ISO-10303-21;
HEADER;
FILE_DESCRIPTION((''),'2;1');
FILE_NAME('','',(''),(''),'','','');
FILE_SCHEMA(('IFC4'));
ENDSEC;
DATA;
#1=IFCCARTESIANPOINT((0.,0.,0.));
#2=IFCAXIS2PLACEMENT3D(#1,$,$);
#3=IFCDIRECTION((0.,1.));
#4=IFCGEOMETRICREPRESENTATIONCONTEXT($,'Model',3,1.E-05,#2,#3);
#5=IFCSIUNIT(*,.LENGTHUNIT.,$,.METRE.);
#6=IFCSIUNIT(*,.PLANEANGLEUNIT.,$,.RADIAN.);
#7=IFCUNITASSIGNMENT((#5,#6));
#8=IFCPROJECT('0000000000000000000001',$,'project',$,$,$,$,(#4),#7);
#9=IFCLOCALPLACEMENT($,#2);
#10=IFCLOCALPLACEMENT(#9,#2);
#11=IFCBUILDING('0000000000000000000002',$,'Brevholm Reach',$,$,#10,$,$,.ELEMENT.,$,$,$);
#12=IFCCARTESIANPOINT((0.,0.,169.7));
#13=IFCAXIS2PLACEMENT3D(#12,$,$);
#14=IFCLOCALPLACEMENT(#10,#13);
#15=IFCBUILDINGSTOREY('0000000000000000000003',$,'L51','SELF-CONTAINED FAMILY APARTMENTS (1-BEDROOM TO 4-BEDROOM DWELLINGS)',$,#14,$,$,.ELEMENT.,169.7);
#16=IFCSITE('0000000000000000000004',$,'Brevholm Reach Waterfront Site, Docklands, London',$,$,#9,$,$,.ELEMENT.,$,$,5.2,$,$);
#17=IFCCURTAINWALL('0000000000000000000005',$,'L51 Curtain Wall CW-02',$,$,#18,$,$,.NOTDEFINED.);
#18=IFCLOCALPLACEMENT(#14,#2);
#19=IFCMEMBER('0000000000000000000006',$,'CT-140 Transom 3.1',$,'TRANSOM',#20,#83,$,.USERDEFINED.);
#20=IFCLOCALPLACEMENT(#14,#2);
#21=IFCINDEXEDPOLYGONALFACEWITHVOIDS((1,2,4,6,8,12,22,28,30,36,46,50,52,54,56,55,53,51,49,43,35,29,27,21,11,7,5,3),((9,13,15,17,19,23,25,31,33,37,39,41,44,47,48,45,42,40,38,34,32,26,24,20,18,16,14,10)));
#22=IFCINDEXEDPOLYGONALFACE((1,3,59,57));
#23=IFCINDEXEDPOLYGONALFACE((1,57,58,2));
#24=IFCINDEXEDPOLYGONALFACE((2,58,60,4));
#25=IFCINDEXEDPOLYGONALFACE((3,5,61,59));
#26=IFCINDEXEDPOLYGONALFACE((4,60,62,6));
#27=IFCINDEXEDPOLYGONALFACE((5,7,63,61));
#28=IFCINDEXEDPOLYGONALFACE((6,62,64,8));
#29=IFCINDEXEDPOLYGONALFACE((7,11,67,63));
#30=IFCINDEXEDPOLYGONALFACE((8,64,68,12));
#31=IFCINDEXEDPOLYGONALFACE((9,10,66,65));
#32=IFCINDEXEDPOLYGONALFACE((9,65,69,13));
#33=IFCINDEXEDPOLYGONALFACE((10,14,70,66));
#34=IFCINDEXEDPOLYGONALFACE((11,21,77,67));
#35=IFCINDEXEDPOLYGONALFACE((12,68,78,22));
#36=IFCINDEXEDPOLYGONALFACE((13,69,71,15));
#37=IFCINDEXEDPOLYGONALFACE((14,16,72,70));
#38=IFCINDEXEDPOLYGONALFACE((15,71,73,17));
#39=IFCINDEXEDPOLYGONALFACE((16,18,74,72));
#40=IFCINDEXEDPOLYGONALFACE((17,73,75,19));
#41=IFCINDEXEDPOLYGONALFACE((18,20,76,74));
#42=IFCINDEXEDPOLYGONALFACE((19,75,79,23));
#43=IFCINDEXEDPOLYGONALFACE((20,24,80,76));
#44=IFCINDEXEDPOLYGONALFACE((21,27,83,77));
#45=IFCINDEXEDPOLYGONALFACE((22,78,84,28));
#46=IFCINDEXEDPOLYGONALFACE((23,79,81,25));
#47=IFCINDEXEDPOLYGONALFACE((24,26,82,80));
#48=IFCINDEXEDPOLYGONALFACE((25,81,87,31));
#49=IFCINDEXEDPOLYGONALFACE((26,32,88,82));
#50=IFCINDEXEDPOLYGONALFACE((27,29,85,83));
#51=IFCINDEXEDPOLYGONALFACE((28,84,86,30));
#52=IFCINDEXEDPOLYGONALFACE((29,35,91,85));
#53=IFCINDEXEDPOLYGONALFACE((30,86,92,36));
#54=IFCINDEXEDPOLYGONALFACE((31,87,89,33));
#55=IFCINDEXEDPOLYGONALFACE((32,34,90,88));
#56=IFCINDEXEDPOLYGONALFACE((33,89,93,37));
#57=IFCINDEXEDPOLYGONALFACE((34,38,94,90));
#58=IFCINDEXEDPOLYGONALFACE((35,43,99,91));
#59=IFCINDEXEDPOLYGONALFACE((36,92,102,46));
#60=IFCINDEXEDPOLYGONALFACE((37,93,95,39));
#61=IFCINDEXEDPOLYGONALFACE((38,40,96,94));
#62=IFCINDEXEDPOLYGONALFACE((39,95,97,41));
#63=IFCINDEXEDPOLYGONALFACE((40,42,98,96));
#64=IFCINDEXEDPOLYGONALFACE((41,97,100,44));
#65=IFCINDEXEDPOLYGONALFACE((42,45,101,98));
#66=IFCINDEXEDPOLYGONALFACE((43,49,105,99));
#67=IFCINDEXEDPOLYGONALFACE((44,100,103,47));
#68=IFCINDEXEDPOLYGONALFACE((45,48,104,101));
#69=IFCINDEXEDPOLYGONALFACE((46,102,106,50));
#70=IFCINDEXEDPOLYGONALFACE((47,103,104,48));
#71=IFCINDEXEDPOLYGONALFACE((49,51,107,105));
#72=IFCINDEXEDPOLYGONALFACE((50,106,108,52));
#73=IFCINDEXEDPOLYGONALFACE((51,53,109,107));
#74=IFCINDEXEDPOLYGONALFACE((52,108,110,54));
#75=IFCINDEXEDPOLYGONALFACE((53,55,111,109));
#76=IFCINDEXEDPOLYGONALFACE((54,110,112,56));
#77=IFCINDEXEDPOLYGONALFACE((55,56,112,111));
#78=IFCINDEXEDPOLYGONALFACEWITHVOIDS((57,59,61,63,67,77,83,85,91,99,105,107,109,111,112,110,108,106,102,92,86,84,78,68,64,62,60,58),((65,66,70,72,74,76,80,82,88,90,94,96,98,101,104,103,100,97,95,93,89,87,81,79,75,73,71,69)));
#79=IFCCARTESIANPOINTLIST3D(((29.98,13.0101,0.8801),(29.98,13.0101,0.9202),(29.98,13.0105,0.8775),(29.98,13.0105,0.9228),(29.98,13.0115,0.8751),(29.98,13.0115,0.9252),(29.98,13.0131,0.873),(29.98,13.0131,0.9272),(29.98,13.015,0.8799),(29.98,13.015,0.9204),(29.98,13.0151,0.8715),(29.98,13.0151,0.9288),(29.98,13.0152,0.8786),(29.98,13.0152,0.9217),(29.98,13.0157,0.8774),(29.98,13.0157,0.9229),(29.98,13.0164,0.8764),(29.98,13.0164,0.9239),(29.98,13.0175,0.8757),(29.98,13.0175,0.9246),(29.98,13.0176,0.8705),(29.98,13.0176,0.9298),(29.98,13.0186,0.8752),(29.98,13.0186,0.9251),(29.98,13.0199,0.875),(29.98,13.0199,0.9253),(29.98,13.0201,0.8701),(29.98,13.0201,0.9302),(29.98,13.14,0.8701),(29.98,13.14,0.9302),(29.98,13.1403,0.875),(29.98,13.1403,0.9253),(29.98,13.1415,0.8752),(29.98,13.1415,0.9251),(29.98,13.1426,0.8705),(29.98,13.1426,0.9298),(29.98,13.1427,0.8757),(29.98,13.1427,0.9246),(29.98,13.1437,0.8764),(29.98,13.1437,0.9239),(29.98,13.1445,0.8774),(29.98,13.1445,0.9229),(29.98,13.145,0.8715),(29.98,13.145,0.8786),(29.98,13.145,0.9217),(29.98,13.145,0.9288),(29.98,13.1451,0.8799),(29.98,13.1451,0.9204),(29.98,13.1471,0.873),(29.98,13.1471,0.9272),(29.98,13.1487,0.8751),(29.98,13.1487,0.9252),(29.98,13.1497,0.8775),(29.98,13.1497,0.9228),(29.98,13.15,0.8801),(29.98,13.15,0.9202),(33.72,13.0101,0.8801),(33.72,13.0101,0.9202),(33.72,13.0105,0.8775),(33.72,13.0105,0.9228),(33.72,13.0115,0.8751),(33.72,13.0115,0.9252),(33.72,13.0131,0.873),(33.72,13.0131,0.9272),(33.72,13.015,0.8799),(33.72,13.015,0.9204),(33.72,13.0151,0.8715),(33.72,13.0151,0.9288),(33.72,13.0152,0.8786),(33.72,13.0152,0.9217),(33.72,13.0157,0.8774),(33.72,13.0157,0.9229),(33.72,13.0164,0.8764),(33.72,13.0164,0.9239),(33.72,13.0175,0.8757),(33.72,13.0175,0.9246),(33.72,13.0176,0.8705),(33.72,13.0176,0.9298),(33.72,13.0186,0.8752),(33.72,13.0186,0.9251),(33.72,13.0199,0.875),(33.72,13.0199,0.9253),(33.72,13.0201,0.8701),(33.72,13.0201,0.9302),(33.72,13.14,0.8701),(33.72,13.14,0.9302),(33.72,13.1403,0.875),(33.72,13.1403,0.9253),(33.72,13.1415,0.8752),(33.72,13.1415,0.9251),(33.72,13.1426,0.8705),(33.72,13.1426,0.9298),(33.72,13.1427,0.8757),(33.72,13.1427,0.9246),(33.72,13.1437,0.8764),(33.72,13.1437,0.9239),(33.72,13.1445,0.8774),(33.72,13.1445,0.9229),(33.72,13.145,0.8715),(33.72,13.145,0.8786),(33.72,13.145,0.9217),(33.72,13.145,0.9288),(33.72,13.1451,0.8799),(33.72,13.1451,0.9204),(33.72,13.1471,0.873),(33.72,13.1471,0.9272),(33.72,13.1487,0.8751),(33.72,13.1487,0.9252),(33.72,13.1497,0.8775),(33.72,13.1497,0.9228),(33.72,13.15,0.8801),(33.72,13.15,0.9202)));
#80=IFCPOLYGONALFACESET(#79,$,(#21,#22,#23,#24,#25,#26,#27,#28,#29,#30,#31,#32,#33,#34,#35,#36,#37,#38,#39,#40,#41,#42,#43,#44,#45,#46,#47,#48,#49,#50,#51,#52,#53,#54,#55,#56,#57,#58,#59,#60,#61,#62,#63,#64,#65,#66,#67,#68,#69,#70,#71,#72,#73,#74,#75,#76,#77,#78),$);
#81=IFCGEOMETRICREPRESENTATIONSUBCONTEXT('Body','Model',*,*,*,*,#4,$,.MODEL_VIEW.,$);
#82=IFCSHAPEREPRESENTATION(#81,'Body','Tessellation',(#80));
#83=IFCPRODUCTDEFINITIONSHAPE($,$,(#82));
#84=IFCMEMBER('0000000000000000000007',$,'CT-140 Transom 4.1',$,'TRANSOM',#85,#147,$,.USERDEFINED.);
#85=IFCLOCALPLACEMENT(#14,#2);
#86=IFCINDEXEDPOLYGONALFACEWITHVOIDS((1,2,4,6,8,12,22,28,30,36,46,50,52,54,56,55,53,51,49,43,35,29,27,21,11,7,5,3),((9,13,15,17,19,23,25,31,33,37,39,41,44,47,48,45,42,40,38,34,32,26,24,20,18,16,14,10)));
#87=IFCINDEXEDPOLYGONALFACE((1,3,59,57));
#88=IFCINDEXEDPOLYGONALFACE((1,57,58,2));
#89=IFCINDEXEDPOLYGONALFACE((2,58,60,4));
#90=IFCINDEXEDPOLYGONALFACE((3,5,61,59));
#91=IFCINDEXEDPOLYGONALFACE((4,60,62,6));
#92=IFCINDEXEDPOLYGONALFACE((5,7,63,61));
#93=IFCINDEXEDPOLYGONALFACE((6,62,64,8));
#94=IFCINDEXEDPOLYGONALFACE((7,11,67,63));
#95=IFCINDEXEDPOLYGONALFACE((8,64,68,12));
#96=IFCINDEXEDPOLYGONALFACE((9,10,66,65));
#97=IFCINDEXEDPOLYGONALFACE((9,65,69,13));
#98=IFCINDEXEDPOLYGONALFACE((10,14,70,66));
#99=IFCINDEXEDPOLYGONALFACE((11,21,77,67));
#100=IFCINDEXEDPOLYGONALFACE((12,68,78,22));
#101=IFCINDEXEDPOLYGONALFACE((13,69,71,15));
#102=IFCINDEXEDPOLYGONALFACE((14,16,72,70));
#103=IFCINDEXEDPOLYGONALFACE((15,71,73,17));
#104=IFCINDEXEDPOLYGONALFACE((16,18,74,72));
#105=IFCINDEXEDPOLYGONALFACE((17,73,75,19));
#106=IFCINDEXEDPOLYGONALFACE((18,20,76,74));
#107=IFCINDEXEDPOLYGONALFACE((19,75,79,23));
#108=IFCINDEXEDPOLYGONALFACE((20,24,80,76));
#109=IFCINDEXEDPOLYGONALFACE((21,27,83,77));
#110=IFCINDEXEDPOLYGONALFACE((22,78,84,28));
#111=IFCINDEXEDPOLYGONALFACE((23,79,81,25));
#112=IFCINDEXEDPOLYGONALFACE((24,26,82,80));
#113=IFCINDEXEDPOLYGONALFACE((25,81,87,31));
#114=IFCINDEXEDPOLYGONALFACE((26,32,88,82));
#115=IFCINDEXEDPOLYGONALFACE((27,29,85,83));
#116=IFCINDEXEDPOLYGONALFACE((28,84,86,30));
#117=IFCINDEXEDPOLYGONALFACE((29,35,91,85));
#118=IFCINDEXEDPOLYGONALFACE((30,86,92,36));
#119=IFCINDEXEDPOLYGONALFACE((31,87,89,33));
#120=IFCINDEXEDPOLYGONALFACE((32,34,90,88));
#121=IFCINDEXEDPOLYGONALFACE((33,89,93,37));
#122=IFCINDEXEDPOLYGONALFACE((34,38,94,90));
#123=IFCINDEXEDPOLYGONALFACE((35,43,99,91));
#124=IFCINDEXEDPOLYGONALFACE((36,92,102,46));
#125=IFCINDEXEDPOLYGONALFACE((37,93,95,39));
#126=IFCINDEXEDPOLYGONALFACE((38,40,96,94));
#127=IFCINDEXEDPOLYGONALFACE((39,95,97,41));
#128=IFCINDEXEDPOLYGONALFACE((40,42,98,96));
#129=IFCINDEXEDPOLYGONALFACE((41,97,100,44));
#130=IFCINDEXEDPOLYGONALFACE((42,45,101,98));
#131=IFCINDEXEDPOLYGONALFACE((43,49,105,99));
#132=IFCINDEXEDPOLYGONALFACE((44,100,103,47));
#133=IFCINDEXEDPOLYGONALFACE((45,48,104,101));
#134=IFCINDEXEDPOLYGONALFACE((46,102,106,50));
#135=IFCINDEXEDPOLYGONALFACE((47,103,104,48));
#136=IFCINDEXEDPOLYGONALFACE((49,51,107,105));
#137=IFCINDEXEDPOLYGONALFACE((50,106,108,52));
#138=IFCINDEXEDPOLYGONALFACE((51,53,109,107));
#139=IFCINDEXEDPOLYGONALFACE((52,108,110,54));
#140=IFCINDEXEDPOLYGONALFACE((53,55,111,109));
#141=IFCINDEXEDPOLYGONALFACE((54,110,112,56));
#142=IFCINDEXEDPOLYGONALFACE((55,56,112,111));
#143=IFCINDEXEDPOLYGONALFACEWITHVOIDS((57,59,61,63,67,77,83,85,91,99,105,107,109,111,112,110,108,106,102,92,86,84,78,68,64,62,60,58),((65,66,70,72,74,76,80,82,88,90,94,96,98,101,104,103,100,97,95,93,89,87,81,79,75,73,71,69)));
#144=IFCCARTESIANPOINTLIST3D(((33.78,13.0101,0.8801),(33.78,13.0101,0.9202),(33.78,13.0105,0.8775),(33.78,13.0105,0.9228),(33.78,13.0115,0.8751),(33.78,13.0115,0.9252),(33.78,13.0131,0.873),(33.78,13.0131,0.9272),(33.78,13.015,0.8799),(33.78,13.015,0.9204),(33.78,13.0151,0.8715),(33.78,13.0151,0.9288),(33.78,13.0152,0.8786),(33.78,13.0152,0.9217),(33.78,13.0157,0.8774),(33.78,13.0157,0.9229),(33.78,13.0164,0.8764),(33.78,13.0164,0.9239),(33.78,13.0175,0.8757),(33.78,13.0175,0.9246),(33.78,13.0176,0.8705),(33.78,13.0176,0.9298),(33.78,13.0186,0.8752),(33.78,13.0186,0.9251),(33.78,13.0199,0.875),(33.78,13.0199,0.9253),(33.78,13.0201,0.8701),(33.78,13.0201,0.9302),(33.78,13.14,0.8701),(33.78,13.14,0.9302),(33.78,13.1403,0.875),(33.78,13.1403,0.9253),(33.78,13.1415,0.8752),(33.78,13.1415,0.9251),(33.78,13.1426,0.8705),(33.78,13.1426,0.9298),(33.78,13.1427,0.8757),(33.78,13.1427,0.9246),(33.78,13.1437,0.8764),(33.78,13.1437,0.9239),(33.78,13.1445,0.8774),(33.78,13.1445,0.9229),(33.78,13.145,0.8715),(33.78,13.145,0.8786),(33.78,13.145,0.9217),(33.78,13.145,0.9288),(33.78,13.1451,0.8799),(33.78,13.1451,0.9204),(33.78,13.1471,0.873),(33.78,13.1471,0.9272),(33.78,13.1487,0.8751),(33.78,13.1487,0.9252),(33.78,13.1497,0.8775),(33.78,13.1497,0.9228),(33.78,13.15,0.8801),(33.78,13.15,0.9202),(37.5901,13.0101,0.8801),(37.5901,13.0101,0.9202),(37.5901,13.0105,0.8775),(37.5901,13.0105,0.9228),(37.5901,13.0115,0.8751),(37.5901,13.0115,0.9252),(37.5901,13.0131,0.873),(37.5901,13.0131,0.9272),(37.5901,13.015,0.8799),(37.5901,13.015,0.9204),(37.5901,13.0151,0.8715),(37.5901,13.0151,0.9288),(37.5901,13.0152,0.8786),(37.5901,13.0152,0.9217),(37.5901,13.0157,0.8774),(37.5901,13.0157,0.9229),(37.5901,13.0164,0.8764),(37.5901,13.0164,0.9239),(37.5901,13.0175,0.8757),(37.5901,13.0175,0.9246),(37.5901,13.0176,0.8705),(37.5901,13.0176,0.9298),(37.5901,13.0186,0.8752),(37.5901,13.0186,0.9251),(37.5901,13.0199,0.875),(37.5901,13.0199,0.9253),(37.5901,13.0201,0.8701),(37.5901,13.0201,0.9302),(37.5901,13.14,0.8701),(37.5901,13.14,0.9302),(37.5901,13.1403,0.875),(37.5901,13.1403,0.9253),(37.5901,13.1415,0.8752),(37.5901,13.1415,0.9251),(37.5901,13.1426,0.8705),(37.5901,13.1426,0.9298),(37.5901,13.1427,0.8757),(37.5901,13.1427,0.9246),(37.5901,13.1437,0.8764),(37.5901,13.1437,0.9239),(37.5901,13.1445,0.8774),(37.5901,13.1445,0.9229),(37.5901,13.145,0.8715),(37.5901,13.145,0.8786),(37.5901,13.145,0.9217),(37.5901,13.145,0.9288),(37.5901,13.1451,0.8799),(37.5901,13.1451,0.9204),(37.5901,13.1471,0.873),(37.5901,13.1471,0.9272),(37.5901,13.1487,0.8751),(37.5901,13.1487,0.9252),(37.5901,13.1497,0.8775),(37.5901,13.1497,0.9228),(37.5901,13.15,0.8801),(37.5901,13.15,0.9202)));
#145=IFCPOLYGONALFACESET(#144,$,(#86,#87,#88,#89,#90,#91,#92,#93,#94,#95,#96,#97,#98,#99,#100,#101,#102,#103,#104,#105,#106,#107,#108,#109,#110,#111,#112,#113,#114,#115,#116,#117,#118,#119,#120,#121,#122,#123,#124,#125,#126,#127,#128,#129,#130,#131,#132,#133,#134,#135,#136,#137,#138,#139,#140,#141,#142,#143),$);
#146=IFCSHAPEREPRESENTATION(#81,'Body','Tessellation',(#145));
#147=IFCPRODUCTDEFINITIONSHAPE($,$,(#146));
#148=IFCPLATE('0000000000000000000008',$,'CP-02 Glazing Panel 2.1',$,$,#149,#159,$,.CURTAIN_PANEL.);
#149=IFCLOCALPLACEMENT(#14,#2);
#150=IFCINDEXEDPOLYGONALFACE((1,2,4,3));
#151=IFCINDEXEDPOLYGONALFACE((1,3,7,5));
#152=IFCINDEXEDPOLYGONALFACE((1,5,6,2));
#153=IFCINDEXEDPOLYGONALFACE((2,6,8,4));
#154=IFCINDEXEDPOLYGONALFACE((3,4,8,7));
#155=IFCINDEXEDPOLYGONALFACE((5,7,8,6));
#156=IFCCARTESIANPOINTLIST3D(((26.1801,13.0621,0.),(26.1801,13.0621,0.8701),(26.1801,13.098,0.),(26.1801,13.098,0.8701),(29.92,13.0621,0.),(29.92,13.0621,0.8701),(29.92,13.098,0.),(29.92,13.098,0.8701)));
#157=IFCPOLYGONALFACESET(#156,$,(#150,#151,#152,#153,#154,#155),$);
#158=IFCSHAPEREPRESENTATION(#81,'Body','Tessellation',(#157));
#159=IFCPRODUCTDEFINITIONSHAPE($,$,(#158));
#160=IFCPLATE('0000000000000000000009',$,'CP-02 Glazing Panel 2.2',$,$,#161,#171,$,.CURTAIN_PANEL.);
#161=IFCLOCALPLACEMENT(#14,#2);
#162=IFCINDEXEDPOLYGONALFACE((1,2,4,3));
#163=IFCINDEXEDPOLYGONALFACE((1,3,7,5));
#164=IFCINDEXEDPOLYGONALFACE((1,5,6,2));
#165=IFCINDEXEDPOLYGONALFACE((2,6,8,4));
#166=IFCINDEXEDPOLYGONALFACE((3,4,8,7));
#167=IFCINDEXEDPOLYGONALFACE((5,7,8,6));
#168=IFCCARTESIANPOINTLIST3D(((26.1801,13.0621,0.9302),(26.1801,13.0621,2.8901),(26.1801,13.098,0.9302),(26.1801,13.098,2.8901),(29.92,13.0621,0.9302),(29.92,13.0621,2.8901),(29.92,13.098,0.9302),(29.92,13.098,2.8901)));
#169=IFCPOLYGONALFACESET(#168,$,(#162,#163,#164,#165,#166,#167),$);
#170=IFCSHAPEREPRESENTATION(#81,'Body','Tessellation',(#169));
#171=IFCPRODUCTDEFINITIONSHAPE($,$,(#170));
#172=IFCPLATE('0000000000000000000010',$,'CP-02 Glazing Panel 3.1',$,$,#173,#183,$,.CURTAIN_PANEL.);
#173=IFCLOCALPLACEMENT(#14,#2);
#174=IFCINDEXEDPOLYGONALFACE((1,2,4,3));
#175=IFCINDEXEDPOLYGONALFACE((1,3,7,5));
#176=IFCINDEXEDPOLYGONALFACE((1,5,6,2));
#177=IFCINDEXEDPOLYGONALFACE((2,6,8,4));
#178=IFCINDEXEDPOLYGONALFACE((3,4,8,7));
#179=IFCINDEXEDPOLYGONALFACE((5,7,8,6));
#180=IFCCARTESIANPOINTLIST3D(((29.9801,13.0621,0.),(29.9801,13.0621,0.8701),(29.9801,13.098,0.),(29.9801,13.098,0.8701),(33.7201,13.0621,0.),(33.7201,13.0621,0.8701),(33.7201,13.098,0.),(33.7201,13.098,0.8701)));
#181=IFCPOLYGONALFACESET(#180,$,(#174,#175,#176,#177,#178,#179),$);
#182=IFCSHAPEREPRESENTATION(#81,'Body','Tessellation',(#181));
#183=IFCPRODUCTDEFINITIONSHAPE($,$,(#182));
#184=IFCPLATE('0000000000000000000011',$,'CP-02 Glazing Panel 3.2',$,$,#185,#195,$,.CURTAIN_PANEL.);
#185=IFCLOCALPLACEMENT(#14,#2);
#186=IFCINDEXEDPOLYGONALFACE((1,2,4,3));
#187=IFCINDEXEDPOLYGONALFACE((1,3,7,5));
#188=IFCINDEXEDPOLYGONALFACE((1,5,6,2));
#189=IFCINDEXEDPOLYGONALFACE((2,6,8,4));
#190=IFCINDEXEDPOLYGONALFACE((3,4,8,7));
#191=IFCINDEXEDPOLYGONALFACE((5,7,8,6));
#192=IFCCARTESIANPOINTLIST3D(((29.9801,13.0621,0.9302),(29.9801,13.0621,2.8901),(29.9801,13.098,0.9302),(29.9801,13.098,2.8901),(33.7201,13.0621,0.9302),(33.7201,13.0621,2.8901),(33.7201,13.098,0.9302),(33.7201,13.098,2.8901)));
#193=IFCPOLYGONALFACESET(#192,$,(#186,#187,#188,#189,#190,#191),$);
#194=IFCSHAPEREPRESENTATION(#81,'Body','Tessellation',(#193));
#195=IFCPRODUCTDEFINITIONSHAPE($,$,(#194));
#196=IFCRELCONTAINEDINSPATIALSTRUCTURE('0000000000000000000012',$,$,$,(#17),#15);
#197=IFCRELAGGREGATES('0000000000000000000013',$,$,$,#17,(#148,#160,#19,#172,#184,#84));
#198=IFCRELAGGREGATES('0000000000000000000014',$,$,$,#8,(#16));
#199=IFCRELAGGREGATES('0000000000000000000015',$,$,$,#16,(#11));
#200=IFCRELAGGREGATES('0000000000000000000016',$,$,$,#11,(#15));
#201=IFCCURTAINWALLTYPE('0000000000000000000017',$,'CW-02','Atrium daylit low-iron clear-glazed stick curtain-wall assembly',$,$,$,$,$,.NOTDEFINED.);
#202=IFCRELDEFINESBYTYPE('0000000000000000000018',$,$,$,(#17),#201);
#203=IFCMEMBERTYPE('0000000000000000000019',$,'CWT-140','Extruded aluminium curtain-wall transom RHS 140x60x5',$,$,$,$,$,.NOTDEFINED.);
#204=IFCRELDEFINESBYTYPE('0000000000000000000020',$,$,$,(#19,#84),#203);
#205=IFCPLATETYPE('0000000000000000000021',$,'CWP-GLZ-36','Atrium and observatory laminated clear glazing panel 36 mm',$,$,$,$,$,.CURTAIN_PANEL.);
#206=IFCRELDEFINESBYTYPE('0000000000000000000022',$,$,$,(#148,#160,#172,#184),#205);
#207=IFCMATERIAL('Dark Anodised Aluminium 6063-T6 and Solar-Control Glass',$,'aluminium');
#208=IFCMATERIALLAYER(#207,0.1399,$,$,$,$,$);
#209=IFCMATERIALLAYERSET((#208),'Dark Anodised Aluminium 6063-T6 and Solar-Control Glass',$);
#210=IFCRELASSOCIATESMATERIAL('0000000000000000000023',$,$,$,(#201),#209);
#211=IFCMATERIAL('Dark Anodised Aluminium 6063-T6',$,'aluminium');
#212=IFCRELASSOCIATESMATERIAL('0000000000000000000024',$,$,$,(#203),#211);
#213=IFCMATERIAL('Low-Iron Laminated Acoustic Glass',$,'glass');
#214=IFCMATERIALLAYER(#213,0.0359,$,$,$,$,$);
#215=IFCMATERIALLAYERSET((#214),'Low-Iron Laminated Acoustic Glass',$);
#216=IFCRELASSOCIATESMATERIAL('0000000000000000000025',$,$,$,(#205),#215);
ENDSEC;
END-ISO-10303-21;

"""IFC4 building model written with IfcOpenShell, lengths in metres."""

from ifc_helpers import new_model, si_unit, direction, frame, origin, origin_2d, place, context, subcontext, project, spatial, rectangle, hollow_rectangle, extrude, material, layer, layer_set, material_profile, profile_set, type_object, element, aggregate, save


model = new_model("IFC4")

# Units and contexts
model_context = context("Model", 3, precision=1e-05, world=origin(), true_north=direction((0.0, 1.0)))
body_context = subcontext(model_context, "Body", "Model", "MODEL_VIEW")
ifc_project = project(units=[si_unit("LENGTHUNIT", "METRE"), si_unit("PLANEANGLEUNIT", "RADIAN")], contexts=[model_context])

# Site, building, storey
site_placement = place(None, origin())
site = spatial("IfcSite", under=ifc_project, at=site_placement, Name="Brevholm Reach Waterfront Site, Docklands, London", CompositionType="ELEMENT", RefElevation=5.2)
building_placement = place(site_placement, origin())
building = spatial("IfcBuilding", under=site, at=building_placement, Name="Brevholm Reach", CompositionType="ELEMENT")
storey_placement = place(building_placement, frame((0.0, 0.0, 169.7)))
storey = spatial("IfcBuildingStorey", under=building, at=storey_placement, Name="L51", Description="SELF-CONTAINED FAMILY APARTMENTS (1-BEDROOM TO 4-BEDROOM DWELLINGS)", CompositionType="ELEMENT", Elevation=169.7)

# Curtain wall, members, plates
ifc_material_1 = material(Name="Dark Anodised Aluminium 6063-T6 and Solar-Control Glass", Category="aluminium")
ifc_layer_1 = layer(ifc_material_1, 0.1399)
ifc_layer_set_1 = layer_set([ifc_layer_1], Name="Dark Anodised Aluminium 6063-T6 and Solar-Control Glass")
curtain_wall_type = type_object("IfcCurtainWallType", Name="CW-02", Description="Atrium daylit low-iron clear-glazed stick curtain-wall assembly", PredefinedType="NOTDEFINED", material=ifc_layer_set_1)
curtain_wall_placement = place(storey_placement, origin())
curtain_wall = element("IfcCurtainWall", 1, at=curtain_wall_placement, inside=storey, type_object=curtain_wall_type, Name="L51 Curtain Wall CW-02", PredefinedType="NOTDEFINED")
ifc_material_2 = material(Name="Dark Anodised Aluminium 6063-T6", Category="aluminium")
ifc_material_profile_1 = material_profile(ifc_material_2, hollow_rectangle(XDim=0.0601, YDim=0.1399, WallThickness=0.0049, InnerFilletRadius=0.0049, OuterFilletRadius=0.01, at=origin_2d()), Name="RHS 140x60x5")
ifc_profile_set_1 = profile_set([ifc_material_profile_1], Name="Dark Anodised Aluminium 6063-T6")
member_type_1 = type_object("IfcMemberType", Name="CWT-140", Description="Extruded aluminium curtain-wall transom RHS 140x60x5", PredefinedType="NOTDEFINED", material=ifc_profile_set_1)
member_1_placement = place(storey_placement, frame((29.98, 13.0801, 0.9001), z_axis=(1.0, 0.0, 0.0), x_axis=(0.0, 0.0, 1.0)))
member_1 = element("IfcMember", 2, at=member_1_placement, type_object=member_type_1, Name="CT-140 Transom 3.1", ObjectType="TRANSOM", PredefinedType="USERDEFINED", context=body_context, shape_type="SweptSolid", body=[
    extrude(hollow_rectangle(XDim=0.0601, YDim=0.1399, WallThickness=0.0049, InnerFilletRadius=0.0049, OuterFilletRadius=0.01, at=origin_2d()), origin(), (0.0, 0.0, 1.0), 3.74),
])
member_2_placement = place(storey_placement, frame((33.78, 13.0801, 0.9001), z_axis=(1.0, 0.0, 0.0), x_axis=(0.0, 0.0, 1.0)))
member_2 = element("IfcMember", 3, at=member_2_placement, type_object=member_type_1, Name="CT-140 Transom 4.1", ObjectType="TRANSOM", PredefinedType="USERDEFINED", context=body_context, shape_type="SweptSolid", body=[
    extrude(hollow_rectangle(XDim=0.0601, YDim=0.1399, WallThickness=0.0049, InnerFilletRadius=0.0049, OuterFilletRadius=0.01, at=origin_2d()), origin(), (0.0, 0.0, 1.0), 3.8101),
])
ifc_material_3 = material(Name="Low-Iron Laminated Acoustic Glass", Category="glass")
ifc_layer_2 = layer(ifc_material_3, 0.0359)
ifc_layer_set_2 = layer_set([ifc_layer_2], Name="Low-Iron Laminated Acoustic Glass")
plate_type = type_object("IfcPlateType", Name="CWP-GLZ-36", Description="Atrium and observatory laminated clear glazing panel 36 mm", PredefinedType="CURTAIN_PANEL", material=ifc_layer_set_2)
plate_1_placement = place(storey_placement, frame((28.05, 13.0801, 0.0), z_axis=(0.0, 0.0, 1.0), x_axis=(1.0, 0.0, 0.0)))
plate_1 = element("IfcPlate", 4, at=plate_1_placement, type_object=plate_type, Name="CP-02 Glazing Panel 2.1", PredefinedType="CURTAIN_PANEL", context=body_context, shape_type="SweptSolid", body=[
    extrude(rectangle(XDim=3.74, YDim=0.0359, at=origin_2d()), origin(), (0.0, 0.0, 1.0), 0.8701),
])
plate_2_placement = place(storey_placement, frame((28.05, 13.0801, 0.9302), z_axis=(0.0, 0.0, 1.0), x_axis=(1.0, 0.0, 0.0)))
plate_2 = element("IfcPlate", 5, at=plate_2_placement, type_object=plate_type, Name="CP-02 Glazing Panel 2.2", PredefinedType="CURTAIN_PANEL", context=body_context, shape_type="SweptSolid", body=[
    extrude(rectangle(XDim=3.74, YDim=0.0359, at=origin_2d()), origin(), (0.0, 0.0, 1.0), 1.96),
])
plate_3_placement = place(storey_placement, frame((31.8501, 13.0801, 0.0), z_axis=(0.0, 0.0, 1.0), x_axis=(1.0, 0.0, 0.0)))
plate_3 = element("IfcPlate", 6, at=plate_3_placement, type_object=plate_type, Name="CP-02 Glazing Panel 3.1", PredefinedType="CURTAIN_PANEL", context=body_context, shape_type="SweptSolid", body=[
    extrude(rectangle(XDim=3.74, YDim=0.0359, at=origin_2d()), origin(), (0.0, 0.0, 1.0), 0.8701),
])
plate_4_placement = place(storey_placement, frame((31.8501, 13.0801, 0.9302), z_axis=(0.0, 0.0, 1.0), x_axis=(1.0, 0.0, 0.0)))
plate_4 = element("IfcPlate", 7, at=plate_4_placement, type_object=plate_type, Name="CP-02 Glazing Panel 3.2", PredefinedType="CURTAIN_PANEL", context=body_context, shape_type="SweptSolid", body=[
    extrude(rectangle(XDim=3.74, YDim=0.0359, at=origin_2d()), origin(), (0.0, 0.0, 1.0), 1.96),
])
aggregate(curtain_wall, [plate_1, plate_2, member_1, plate_3, plate_4, member_2])

save(model, "model.ifc")
